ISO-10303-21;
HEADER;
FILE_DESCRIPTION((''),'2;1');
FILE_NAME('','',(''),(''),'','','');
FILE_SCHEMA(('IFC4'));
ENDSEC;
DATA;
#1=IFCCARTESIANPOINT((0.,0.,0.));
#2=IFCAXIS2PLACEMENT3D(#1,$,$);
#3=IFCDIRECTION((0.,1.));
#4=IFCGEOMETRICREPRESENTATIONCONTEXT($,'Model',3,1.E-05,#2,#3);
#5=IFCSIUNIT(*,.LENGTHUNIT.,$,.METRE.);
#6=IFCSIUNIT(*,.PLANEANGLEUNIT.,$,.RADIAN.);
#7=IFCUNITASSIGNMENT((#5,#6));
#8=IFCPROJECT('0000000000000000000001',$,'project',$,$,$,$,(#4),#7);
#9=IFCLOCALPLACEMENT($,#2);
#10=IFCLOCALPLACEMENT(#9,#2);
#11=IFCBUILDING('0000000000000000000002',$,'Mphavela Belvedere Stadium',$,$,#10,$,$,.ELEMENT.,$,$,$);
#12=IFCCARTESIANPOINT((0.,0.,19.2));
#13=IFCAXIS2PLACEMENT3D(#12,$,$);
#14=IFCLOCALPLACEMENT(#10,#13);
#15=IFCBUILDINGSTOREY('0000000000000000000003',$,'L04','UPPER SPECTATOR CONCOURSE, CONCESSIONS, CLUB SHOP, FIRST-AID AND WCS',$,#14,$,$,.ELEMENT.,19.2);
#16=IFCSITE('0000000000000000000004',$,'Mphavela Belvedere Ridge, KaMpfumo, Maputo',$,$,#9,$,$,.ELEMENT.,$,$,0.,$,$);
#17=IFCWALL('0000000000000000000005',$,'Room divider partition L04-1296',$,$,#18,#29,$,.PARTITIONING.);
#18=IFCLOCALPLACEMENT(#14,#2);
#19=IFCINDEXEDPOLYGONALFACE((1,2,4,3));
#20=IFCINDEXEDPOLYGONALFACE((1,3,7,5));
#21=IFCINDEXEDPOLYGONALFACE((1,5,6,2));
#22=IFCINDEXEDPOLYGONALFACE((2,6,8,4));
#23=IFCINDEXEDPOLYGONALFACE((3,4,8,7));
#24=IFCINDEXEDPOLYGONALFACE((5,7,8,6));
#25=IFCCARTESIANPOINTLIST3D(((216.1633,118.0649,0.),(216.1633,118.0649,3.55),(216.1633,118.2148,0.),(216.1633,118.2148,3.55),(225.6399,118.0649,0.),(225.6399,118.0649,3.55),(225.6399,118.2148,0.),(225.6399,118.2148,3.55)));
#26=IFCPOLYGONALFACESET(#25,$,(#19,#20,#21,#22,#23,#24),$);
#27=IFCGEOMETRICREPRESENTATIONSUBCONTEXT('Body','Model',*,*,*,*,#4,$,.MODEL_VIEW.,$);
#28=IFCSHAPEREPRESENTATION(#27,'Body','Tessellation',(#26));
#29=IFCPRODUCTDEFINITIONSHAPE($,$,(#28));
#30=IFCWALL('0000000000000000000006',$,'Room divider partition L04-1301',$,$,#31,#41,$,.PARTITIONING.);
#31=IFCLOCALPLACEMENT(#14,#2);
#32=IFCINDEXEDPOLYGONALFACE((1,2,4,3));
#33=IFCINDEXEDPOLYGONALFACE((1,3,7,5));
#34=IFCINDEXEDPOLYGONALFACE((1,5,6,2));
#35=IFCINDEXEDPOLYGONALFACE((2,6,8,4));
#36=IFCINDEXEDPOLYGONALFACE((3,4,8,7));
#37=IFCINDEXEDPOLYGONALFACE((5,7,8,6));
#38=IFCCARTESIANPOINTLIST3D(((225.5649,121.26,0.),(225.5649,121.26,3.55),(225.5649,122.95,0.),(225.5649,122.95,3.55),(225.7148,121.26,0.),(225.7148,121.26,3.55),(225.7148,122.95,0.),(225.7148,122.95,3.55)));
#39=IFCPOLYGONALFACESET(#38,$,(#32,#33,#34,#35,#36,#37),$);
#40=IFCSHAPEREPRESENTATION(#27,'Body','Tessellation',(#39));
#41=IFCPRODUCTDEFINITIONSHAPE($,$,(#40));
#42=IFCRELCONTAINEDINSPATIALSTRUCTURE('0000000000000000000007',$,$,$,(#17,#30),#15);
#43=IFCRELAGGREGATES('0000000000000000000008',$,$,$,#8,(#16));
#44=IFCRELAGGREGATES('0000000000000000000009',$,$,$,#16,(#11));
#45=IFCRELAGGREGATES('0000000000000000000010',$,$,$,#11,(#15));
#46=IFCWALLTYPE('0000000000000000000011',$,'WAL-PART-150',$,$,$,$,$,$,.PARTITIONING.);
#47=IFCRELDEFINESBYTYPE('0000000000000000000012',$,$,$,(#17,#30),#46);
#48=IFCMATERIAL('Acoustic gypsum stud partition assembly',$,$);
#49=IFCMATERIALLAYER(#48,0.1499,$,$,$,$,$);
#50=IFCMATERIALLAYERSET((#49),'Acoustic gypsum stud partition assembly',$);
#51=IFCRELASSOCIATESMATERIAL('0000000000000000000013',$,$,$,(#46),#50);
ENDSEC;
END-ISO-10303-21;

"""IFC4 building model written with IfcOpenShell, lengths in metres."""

from ifc_helpers import new_model, si_unit, direction, frame, frame_2d, origin, place, context, subcontext, project, spatial, rectangle, extrude, material, layer, layer_set, type_object, element, save


model = new_model("IFC4")

# Units and contexts
model_context = context("Model", 3, precision=1e-05, world=origin(), true_north=direction((0.0, 1.0)))
body_context = subcontext(model_context, "Body", "Model", "MODEL_VIEW")
ifc_project = project(units=[si_unit("LENGTHUNIT", "METRE"), si_unit("PLANEANGLEUNIT", "RADIAN")], contexts=[model_context])

# Site, building, storey
site_placement = place(None, origin())
site = spatial("IfcSite", under=ifc_project, at=site_placement, Name="Mphavela Belvedere Ridge, KaMpfumo, Maputo", CompositionType="ELEMENT", RefElevation=0.0)
building_placement = place(site_placement, origin())
building = spatial("IfcBuilding", under=site, at=building_placement, Name="Mphavela Belvedere Stadium", CompositionType="ELEMENT")
storey_placement = place(building_placement, frame((0.0, 0.0, 19.2)))
storey = spatial("IfcBuildingStorey", under=building, at=storey_placement, Name="L04", Description="UPPER SPECTATOR CONCOURSE, CONCESSIONS, CLUB SHOP, FIRST-AID AND WCS", CompositionType="ELEMENT", Elevation=19.2)

# Shared definitions
ifc_material_1 = material(Name="Acoustic gypsum stud partition assembly")
ifc_layer_1 = layer(ifc_material_1, 0.1499)
ifc_layer_set_1 = layer_set([ifc_layer_1], Name="Acoustic gypsum stud partition assembly")
wall_type_1 = type_object("IfcWallType", Name="WAL-PART-150", PredefinedType="PARTITIONING", material=ifc_layer_set_1)

# Walls
wall_1_placement = place(storey_placement, frame((216.1633, 118.1399, 0.0), z_axis=(0.0, 0.0, 1.0), x_axis=(1.0, 0.0, 0.0)))
element("IfcWall", 1, at=wall_1_placement, inside=storey, type_object=wall_type_1, Name="Room divider partition L04-1296", PredefinedType="PARTITIONING", context=body_context, shape_type="SweptSolid", body=[
    extrude(rectangle(XDim=9.4766, YDim=0.1499, at=frame_2d((4.7383, 0.0))), origin(), (0.0, 0.0, 1.0), 3.55),
])
wall_2_placement = place(storey_placement, frame((225.6399, 122.95, 0.0), z_axis=(0.0, 0.0, 1.0), x_axis=(0.0, -1.0, 0.0)))
element("IfcWall", 2, at=wall_2_placement, inside=storey, type_object=wall_type_1, Name="Room divider partition L04-1301", PredefinedType="PARTITIONING", context=body_context, shape_type="SweptSolid", body=[
    extrude(rectangle(XDim=1.6899, YDim=0.1499, at=frame_2d((0.845, 0.0))), origin(), (0.0, 0.0, 1.0), 3.55),
])

save(model, "model.ifc")
